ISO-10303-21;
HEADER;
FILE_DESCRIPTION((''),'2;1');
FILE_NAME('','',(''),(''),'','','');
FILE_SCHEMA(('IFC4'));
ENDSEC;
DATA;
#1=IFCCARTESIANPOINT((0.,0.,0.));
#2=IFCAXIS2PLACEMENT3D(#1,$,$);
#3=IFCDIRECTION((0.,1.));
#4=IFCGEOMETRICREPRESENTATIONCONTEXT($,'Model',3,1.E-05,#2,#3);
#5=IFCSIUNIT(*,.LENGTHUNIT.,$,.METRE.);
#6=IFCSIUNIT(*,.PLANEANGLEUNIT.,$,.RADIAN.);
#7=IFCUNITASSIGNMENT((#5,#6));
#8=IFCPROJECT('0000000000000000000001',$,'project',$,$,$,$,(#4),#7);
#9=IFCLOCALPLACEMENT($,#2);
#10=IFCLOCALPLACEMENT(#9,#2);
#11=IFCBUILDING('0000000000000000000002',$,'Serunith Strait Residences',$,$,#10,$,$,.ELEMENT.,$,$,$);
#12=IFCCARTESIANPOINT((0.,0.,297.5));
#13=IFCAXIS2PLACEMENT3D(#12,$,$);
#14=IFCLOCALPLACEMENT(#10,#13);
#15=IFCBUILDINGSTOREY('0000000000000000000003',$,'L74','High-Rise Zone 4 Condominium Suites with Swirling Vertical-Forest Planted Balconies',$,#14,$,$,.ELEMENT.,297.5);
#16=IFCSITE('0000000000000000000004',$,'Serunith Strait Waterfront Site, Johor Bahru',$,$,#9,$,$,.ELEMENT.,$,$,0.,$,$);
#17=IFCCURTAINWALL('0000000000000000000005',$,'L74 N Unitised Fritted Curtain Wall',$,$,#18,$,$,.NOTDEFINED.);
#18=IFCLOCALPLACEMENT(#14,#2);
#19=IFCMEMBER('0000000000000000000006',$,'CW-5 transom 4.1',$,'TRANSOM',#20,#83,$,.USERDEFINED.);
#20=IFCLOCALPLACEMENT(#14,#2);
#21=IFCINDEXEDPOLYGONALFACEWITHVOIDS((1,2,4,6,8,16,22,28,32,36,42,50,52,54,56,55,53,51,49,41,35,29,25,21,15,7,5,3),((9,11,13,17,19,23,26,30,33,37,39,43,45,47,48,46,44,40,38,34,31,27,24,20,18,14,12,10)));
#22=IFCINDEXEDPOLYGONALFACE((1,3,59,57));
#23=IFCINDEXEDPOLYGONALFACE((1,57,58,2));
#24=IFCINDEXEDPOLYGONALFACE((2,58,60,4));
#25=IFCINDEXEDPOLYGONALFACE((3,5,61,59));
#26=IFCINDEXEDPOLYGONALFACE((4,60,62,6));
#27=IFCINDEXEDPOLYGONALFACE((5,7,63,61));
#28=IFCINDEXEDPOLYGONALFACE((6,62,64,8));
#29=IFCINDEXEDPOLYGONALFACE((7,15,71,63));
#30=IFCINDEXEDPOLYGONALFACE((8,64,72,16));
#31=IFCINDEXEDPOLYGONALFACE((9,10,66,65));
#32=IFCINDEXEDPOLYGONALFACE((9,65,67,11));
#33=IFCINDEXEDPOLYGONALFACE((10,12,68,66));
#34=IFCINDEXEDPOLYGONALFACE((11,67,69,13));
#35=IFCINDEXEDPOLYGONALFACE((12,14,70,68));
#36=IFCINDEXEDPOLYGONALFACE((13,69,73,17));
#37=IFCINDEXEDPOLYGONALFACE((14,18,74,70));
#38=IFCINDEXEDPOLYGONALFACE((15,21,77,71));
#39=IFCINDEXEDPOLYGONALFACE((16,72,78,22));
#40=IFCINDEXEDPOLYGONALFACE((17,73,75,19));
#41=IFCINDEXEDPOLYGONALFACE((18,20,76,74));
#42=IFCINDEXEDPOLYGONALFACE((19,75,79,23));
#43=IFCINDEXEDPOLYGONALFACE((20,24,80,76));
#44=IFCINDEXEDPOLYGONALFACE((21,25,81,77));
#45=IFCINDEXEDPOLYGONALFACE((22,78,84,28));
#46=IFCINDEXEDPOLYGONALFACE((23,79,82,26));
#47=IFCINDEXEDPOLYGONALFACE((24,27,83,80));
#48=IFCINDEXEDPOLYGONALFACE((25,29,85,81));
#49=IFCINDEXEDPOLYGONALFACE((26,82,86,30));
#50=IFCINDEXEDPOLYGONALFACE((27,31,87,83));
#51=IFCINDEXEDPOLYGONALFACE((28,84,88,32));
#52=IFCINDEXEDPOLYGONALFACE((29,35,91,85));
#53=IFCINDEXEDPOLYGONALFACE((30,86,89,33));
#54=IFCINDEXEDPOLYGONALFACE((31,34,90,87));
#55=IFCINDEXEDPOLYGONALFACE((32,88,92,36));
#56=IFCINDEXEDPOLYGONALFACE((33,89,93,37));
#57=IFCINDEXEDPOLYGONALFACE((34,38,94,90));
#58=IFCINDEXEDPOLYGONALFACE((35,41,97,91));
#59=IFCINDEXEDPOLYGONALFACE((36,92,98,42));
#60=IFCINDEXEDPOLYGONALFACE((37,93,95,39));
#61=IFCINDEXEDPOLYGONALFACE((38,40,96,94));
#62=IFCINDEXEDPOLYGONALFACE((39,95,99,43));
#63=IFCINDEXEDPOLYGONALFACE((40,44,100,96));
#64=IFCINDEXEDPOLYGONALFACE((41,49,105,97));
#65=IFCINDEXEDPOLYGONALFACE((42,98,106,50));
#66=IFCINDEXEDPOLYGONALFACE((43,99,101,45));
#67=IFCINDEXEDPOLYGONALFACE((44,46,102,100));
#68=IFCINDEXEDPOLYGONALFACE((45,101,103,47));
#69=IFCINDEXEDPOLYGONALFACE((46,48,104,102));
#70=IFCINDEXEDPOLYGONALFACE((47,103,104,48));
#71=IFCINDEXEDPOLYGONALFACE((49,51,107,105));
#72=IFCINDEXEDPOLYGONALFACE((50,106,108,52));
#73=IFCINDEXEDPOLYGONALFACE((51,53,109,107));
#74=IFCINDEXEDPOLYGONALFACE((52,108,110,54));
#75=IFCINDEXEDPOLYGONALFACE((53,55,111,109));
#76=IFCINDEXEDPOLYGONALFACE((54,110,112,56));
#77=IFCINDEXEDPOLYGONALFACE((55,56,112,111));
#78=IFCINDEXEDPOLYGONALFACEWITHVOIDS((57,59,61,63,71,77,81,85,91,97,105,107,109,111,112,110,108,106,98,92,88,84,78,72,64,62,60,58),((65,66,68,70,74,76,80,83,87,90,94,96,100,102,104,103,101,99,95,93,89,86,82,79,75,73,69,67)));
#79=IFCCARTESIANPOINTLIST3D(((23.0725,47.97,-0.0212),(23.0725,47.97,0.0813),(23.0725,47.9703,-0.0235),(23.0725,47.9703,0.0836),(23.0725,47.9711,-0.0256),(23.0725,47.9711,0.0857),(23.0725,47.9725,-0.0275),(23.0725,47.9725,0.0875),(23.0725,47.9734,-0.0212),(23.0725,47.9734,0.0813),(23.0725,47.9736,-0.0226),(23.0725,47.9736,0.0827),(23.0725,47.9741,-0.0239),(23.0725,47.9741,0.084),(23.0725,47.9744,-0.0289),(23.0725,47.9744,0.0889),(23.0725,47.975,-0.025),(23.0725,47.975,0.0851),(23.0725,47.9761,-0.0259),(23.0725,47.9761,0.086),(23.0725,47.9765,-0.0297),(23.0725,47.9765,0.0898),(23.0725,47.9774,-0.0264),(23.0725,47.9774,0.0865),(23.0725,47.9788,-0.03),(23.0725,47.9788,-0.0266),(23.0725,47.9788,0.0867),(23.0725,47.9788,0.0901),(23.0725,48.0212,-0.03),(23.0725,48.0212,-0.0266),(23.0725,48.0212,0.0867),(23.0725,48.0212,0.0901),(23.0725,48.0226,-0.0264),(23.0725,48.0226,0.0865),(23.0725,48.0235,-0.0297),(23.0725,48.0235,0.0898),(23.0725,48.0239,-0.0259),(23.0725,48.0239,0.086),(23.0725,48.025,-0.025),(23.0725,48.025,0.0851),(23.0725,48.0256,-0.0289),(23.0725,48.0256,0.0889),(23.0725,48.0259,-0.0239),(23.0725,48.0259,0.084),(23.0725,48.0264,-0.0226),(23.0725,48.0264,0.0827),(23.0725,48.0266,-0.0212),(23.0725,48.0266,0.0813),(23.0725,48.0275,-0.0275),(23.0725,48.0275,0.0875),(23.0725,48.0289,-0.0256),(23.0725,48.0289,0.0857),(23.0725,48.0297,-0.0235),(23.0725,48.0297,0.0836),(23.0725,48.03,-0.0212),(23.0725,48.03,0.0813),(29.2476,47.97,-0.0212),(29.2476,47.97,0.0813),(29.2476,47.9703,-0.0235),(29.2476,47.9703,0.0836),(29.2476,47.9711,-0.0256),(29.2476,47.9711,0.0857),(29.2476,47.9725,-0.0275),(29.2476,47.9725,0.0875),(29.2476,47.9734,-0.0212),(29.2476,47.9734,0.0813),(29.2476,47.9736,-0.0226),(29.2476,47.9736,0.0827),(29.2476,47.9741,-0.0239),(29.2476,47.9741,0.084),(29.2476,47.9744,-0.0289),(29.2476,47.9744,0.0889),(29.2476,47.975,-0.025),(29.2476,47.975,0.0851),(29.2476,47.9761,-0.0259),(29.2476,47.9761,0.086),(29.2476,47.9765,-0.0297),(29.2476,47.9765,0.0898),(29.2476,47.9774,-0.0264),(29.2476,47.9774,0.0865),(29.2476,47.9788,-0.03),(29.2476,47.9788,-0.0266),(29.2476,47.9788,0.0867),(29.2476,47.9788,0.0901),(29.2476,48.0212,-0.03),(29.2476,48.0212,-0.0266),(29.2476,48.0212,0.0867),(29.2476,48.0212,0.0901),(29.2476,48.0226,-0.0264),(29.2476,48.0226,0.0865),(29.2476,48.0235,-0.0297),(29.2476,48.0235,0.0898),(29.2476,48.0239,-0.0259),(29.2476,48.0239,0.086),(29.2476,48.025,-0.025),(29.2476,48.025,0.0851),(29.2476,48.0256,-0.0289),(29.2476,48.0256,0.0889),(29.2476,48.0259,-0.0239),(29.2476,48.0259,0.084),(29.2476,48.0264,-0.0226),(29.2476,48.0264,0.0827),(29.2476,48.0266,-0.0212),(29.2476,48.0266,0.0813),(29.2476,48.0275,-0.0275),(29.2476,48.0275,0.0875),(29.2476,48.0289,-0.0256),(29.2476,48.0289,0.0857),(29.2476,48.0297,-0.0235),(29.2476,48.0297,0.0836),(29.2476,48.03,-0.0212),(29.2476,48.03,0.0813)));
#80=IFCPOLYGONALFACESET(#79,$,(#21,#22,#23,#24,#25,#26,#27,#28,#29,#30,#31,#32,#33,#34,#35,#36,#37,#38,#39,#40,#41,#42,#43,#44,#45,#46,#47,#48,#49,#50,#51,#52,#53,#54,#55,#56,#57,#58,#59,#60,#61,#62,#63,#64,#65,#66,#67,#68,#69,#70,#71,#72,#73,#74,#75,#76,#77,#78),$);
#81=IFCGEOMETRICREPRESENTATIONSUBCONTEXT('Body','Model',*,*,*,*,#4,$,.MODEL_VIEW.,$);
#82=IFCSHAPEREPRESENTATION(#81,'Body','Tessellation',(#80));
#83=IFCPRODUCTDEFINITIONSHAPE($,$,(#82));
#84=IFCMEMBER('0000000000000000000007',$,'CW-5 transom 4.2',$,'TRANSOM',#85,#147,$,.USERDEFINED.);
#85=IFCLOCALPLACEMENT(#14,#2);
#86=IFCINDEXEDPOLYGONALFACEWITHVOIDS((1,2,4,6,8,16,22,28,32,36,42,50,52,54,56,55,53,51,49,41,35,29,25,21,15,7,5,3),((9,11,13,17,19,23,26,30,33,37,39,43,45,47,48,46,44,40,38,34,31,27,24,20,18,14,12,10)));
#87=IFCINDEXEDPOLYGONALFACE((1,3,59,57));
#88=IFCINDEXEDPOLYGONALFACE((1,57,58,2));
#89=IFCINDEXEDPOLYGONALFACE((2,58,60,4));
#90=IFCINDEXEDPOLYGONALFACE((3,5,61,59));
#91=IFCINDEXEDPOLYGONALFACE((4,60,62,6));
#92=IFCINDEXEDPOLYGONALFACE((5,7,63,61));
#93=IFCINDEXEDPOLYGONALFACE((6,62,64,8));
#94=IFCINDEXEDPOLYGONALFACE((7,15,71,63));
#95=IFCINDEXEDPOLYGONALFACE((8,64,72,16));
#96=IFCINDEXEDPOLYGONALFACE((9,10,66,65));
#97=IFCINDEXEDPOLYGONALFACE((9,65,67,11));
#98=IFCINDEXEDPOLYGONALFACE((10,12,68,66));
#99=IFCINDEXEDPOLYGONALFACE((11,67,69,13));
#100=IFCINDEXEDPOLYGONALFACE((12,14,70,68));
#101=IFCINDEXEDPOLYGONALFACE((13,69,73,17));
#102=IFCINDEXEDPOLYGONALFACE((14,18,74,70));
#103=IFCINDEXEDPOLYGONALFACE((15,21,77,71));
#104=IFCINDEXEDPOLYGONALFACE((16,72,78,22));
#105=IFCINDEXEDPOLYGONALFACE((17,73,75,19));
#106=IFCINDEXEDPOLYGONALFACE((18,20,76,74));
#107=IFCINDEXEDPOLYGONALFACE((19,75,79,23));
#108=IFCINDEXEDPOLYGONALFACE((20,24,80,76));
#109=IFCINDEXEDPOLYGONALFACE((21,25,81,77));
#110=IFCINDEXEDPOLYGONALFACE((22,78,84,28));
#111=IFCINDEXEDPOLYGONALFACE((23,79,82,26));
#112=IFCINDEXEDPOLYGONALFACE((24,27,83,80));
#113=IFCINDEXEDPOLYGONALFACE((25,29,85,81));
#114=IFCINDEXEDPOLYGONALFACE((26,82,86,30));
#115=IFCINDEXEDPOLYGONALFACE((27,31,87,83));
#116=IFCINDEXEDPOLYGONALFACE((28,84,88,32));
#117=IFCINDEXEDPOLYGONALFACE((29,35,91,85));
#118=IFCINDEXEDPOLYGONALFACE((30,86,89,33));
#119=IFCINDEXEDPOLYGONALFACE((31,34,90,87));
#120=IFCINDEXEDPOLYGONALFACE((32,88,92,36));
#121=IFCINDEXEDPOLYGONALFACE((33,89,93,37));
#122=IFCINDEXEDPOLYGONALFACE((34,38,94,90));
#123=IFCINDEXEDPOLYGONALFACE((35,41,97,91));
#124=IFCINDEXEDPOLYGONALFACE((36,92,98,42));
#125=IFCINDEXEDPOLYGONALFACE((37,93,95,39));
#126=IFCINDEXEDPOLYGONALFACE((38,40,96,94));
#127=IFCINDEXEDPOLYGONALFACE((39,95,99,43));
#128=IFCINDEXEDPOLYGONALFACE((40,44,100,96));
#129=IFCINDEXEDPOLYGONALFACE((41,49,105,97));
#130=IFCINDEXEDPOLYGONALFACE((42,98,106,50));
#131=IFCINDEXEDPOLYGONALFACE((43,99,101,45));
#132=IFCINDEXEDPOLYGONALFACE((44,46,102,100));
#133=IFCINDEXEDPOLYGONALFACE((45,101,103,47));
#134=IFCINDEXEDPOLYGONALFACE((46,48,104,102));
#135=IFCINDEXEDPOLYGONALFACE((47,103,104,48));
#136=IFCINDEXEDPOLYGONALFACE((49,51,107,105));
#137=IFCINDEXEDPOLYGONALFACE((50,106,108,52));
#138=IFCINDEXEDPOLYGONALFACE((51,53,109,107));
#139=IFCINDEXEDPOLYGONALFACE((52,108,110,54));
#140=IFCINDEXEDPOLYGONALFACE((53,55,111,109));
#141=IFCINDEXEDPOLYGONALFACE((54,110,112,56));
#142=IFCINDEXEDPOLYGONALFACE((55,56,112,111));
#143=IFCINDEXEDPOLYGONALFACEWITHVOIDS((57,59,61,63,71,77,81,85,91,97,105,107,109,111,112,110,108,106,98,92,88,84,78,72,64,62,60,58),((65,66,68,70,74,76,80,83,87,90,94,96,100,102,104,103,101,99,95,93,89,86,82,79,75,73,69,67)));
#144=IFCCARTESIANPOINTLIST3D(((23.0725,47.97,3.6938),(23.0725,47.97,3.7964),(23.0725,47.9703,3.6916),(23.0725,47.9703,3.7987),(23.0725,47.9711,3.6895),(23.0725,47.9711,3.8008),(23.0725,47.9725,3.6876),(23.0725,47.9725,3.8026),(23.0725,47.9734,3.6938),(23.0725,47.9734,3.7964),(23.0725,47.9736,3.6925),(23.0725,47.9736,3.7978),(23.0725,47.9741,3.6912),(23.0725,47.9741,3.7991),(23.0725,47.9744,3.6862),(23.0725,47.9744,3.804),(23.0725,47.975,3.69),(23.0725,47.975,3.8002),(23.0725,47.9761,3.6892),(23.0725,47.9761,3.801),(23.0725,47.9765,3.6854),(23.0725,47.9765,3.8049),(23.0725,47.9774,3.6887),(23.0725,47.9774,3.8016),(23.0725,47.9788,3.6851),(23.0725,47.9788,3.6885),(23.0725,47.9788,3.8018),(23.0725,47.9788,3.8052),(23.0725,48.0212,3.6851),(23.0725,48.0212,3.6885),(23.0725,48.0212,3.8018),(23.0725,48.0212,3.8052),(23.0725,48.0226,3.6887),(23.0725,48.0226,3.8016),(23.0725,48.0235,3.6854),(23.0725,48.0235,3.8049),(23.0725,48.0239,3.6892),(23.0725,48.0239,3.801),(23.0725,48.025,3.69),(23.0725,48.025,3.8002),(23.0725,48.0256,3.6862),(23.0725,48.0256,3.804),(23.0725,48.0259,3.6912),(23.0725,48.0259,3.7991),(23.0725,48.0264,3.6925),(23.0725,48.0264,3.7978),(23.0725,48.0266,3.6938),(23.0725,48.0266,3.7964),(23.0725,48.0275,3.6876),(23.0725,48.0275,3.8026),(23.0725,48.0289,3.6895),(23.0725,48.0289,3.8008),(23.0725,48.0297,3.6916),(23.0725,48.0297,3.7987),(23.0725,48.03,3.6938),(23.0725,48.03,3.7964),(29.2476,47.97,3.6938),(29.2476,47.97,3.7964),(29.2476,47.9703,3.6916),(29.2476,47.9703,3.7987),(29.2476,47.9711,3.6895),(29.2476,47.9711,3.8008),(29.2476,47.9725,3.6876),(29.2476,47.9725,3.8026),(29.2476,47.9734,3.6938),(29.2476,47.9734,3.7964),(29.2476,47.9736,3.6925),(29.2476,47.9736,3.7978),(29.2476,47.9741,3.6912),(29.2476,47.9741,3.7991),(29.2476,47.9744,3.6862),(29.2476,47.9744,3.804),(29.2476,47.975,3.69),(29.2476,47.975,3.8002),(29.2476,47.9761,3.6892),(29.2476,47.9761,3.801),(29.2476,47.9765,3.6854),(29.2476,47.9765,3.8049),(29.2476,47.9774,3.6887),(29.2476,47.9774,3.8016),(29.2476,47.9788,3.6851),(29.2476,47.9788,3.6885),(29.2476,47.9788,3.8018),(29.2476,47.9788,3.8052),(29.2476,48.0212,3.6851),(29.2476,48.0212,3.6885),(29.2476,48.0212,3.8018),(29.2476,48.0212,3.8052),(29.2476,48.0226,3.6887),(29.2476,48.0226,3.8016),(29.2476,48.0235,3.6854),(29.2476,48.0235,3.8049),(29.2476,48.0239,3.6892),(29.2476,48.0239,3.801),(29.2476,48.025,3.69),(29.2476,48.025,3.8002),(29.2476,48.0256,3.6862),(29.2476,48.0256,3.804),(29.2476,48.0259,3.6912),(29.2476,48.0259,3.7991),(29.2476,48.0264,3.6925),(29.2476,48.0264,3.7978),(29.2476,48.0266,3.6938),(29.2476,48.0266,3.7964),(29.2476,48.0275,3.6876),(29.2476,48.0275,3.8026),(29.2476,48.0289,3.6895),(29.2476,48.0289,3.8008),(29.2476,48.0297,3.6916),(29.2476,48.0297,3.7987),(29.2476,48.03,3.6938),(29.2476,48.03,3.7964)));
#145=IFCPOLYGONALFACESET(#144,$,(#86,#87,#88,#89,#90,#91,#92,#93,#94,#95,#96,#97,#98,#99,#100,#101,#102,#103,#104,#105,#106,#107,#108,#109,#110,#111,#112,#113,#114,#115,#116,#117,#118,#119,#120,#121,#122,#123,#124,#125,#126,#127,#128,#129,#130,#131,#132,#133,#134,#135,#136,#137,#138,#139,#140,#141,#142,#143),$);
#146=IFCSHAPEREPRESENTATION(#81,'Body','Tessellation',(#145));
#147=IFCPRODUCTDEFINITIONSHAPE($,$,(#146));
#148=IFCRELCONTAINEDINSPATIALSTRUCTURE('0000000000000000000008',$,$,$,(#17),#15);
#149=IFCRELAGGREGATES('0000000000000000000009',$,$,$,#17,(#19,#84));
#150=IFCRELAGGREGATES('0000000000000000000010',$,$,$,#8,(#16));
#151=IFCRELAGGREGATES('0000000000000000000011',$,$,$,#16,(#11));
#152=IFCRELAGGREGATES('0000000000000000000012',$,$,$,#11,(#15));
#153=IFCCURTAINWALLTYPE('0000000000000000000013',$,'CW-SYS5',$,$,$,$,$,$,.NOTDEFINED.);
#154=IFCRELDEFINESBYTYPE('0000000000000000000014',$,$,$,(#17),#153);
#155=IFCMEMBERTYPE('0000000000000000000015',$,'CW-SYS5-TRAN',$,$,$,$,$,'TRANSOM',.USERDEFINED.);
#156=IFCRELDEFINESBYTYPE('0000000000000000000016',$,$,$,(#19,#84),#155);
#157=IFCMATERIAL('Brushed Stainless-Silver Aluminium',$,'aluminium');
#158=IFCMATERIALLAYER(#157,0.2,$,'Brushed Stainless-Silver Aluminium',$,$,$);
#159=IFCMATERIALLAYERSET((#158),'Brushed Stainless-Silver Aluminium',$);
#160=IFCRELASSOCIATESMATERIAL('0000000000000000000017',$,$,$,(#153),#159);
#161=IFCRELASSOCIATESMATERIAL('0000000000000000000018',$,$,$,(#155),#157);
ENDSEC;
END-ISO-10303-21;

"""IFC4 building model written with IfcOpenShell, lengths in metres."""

from ifc_helpers import new_model, si_unit, direction, frame, origin, origin_2d, place, context, subcontext, project, spatial, hollow_rectangle, extrude, source, transform, mapped, material, layer, layer_set, material_profile, profile_set, type_object, element, aggregate, save


model = new_model("IFC4")

# Units and contexts
model_context = context("Model", 3, precision=1e-05, world=origin(), true_north=direction((0.0, 1.0)))
body_context = subcontext(model_context, "Body", "Model", "MODEL_VIEW")
ifc_project = project(units=[si_unit("LENGTHUNIT", "METRE"), si_unit("PLANEANGLEUNIT", "RADIAN")], contexts=[model_context])

# Site, building, storey
site_placement = place(None, origin())
site = spatial("IfcSite", under=ifc_project, at=site_placement, Name="Serunith Strait Waterfront Site, Johor Bahru", CompositionType="ELEMENT", RefElevation=0.0)
building_placement = place(site_placement, origin())
building = spatial("IfcBuilding", under=site, at=building_placement, Name="Serunith Strait Residences", CompositionType="ELEMENT")
storey_placement = place(building_placement, frame((0.0, 0.0, 297.5)))
storey = spatial("IfcBuildingStorey", under=building, at=storey_placement, Name="L74", Description="High-Rise Zone 4 Condominium Suites with Swirling Vertical-Forest Planted Balconies", CompositionType="ELEMENT", Elevation=297.5)

# Curtain wall, members
ifc_material_1 = material(Name="Brushed Stainless-Silver Aluminium", Category="aluminium")
ifc_layer_1 = layer(ifc_material_1, 0.2, Name="Brushed Stainless-Silver Aluminium")
ifc_layer_set_1 = layer_set([ifc_layer_1], Name="Brushed Stainless-Silver Aluminium")
curtain_wall_type = type_object("IfcCurtainWallType", Name="CW-SYS5", PredefinedType="NOTDEFINED", material=ifc_layer_set_1)
curtain_wall_placement = place(storey_placement, origin())
curtain_wall = element("IfcCurtainWall", 1, at=curtain_wall_placement, inside=storey, type_object=curtain_wall_type, Name="L74 N Unitised Fritted Curtain Wall", PredefinedType="NOTDEFINED")
ifc_material_profile_1 = material_profile(ifc_material_1, hollow_rectangle(XDim=0.0601, YDim=0.1201, WallThickness=0.0034, InnerFilletRadius=0.0054, OuterFilletRadius=0.0088, at=origin_2d()), Name="ALU 120x60x3.5")
ifc_profile_set_1 = profile_set([ifc_material_profile_1], Name="Brushed Stainless-Silver Aluminium")
member_type_1 = type_object("IfcMemberType", Name="CW-SYS5-TRAN", ElementType="TRANSOM", PredefinedType="USERDEFINED", material=ifc_profile_set_1)
shared_shape_1 = source(origin(), body_context, "Body", "SweptSolid", [
    extrude(hollow_rectangle(XDim=0.0601, YDim=0.1201, WallThickness=0.0034, InnerFilletRadius=0.0054, OuterFilletRadius=0.0088, at=origin_2d()), origin(), (0.0, 0.0, 1.0), 6.175),
])
member_1_placement = place(storey_placement, frame((29.2476, 48.0, 0.03), z_axis=(-1.0, 0.0, 0.0), x_axis=(0.0, -1.0, 0.0)))
member_1 = element("IfcMember", 2, at=member_1_placement, type_object=member_type_1, Name="CW-5 transom 4.1", ObjectType="TRANSOM", PredefinedType="USERDEFINED", context=body_context, shape_type="MappedRepresentation", body=[
    mapped(shared_shape_1, transform((0.0, 0.0, 0.0), scale=1.0)),
])
member_2_placement = place(storey_placement, frame((29.2476, 48.0, 3.7451), z_axis=(-1.0, 0.0, 0.0), x_axis=(0.0, -1.0, 0.0)))
member_2 = element("IfcMember", 3, at=member_2_placement, type_object=member_type_1, Name="CW-5 transom 4.2", ObjectType="TRANSOM", PredefinedType="USERDEFINED", context=body_context, shape_type="MappedRepresentation", body=[
    mapped(shared_shape_1, transform((0.0, 0.0, 0.0), scale=1.0)),
])
aggregate(curtain_wall, [member_1, member_2])

save(model, "model.ifc")
